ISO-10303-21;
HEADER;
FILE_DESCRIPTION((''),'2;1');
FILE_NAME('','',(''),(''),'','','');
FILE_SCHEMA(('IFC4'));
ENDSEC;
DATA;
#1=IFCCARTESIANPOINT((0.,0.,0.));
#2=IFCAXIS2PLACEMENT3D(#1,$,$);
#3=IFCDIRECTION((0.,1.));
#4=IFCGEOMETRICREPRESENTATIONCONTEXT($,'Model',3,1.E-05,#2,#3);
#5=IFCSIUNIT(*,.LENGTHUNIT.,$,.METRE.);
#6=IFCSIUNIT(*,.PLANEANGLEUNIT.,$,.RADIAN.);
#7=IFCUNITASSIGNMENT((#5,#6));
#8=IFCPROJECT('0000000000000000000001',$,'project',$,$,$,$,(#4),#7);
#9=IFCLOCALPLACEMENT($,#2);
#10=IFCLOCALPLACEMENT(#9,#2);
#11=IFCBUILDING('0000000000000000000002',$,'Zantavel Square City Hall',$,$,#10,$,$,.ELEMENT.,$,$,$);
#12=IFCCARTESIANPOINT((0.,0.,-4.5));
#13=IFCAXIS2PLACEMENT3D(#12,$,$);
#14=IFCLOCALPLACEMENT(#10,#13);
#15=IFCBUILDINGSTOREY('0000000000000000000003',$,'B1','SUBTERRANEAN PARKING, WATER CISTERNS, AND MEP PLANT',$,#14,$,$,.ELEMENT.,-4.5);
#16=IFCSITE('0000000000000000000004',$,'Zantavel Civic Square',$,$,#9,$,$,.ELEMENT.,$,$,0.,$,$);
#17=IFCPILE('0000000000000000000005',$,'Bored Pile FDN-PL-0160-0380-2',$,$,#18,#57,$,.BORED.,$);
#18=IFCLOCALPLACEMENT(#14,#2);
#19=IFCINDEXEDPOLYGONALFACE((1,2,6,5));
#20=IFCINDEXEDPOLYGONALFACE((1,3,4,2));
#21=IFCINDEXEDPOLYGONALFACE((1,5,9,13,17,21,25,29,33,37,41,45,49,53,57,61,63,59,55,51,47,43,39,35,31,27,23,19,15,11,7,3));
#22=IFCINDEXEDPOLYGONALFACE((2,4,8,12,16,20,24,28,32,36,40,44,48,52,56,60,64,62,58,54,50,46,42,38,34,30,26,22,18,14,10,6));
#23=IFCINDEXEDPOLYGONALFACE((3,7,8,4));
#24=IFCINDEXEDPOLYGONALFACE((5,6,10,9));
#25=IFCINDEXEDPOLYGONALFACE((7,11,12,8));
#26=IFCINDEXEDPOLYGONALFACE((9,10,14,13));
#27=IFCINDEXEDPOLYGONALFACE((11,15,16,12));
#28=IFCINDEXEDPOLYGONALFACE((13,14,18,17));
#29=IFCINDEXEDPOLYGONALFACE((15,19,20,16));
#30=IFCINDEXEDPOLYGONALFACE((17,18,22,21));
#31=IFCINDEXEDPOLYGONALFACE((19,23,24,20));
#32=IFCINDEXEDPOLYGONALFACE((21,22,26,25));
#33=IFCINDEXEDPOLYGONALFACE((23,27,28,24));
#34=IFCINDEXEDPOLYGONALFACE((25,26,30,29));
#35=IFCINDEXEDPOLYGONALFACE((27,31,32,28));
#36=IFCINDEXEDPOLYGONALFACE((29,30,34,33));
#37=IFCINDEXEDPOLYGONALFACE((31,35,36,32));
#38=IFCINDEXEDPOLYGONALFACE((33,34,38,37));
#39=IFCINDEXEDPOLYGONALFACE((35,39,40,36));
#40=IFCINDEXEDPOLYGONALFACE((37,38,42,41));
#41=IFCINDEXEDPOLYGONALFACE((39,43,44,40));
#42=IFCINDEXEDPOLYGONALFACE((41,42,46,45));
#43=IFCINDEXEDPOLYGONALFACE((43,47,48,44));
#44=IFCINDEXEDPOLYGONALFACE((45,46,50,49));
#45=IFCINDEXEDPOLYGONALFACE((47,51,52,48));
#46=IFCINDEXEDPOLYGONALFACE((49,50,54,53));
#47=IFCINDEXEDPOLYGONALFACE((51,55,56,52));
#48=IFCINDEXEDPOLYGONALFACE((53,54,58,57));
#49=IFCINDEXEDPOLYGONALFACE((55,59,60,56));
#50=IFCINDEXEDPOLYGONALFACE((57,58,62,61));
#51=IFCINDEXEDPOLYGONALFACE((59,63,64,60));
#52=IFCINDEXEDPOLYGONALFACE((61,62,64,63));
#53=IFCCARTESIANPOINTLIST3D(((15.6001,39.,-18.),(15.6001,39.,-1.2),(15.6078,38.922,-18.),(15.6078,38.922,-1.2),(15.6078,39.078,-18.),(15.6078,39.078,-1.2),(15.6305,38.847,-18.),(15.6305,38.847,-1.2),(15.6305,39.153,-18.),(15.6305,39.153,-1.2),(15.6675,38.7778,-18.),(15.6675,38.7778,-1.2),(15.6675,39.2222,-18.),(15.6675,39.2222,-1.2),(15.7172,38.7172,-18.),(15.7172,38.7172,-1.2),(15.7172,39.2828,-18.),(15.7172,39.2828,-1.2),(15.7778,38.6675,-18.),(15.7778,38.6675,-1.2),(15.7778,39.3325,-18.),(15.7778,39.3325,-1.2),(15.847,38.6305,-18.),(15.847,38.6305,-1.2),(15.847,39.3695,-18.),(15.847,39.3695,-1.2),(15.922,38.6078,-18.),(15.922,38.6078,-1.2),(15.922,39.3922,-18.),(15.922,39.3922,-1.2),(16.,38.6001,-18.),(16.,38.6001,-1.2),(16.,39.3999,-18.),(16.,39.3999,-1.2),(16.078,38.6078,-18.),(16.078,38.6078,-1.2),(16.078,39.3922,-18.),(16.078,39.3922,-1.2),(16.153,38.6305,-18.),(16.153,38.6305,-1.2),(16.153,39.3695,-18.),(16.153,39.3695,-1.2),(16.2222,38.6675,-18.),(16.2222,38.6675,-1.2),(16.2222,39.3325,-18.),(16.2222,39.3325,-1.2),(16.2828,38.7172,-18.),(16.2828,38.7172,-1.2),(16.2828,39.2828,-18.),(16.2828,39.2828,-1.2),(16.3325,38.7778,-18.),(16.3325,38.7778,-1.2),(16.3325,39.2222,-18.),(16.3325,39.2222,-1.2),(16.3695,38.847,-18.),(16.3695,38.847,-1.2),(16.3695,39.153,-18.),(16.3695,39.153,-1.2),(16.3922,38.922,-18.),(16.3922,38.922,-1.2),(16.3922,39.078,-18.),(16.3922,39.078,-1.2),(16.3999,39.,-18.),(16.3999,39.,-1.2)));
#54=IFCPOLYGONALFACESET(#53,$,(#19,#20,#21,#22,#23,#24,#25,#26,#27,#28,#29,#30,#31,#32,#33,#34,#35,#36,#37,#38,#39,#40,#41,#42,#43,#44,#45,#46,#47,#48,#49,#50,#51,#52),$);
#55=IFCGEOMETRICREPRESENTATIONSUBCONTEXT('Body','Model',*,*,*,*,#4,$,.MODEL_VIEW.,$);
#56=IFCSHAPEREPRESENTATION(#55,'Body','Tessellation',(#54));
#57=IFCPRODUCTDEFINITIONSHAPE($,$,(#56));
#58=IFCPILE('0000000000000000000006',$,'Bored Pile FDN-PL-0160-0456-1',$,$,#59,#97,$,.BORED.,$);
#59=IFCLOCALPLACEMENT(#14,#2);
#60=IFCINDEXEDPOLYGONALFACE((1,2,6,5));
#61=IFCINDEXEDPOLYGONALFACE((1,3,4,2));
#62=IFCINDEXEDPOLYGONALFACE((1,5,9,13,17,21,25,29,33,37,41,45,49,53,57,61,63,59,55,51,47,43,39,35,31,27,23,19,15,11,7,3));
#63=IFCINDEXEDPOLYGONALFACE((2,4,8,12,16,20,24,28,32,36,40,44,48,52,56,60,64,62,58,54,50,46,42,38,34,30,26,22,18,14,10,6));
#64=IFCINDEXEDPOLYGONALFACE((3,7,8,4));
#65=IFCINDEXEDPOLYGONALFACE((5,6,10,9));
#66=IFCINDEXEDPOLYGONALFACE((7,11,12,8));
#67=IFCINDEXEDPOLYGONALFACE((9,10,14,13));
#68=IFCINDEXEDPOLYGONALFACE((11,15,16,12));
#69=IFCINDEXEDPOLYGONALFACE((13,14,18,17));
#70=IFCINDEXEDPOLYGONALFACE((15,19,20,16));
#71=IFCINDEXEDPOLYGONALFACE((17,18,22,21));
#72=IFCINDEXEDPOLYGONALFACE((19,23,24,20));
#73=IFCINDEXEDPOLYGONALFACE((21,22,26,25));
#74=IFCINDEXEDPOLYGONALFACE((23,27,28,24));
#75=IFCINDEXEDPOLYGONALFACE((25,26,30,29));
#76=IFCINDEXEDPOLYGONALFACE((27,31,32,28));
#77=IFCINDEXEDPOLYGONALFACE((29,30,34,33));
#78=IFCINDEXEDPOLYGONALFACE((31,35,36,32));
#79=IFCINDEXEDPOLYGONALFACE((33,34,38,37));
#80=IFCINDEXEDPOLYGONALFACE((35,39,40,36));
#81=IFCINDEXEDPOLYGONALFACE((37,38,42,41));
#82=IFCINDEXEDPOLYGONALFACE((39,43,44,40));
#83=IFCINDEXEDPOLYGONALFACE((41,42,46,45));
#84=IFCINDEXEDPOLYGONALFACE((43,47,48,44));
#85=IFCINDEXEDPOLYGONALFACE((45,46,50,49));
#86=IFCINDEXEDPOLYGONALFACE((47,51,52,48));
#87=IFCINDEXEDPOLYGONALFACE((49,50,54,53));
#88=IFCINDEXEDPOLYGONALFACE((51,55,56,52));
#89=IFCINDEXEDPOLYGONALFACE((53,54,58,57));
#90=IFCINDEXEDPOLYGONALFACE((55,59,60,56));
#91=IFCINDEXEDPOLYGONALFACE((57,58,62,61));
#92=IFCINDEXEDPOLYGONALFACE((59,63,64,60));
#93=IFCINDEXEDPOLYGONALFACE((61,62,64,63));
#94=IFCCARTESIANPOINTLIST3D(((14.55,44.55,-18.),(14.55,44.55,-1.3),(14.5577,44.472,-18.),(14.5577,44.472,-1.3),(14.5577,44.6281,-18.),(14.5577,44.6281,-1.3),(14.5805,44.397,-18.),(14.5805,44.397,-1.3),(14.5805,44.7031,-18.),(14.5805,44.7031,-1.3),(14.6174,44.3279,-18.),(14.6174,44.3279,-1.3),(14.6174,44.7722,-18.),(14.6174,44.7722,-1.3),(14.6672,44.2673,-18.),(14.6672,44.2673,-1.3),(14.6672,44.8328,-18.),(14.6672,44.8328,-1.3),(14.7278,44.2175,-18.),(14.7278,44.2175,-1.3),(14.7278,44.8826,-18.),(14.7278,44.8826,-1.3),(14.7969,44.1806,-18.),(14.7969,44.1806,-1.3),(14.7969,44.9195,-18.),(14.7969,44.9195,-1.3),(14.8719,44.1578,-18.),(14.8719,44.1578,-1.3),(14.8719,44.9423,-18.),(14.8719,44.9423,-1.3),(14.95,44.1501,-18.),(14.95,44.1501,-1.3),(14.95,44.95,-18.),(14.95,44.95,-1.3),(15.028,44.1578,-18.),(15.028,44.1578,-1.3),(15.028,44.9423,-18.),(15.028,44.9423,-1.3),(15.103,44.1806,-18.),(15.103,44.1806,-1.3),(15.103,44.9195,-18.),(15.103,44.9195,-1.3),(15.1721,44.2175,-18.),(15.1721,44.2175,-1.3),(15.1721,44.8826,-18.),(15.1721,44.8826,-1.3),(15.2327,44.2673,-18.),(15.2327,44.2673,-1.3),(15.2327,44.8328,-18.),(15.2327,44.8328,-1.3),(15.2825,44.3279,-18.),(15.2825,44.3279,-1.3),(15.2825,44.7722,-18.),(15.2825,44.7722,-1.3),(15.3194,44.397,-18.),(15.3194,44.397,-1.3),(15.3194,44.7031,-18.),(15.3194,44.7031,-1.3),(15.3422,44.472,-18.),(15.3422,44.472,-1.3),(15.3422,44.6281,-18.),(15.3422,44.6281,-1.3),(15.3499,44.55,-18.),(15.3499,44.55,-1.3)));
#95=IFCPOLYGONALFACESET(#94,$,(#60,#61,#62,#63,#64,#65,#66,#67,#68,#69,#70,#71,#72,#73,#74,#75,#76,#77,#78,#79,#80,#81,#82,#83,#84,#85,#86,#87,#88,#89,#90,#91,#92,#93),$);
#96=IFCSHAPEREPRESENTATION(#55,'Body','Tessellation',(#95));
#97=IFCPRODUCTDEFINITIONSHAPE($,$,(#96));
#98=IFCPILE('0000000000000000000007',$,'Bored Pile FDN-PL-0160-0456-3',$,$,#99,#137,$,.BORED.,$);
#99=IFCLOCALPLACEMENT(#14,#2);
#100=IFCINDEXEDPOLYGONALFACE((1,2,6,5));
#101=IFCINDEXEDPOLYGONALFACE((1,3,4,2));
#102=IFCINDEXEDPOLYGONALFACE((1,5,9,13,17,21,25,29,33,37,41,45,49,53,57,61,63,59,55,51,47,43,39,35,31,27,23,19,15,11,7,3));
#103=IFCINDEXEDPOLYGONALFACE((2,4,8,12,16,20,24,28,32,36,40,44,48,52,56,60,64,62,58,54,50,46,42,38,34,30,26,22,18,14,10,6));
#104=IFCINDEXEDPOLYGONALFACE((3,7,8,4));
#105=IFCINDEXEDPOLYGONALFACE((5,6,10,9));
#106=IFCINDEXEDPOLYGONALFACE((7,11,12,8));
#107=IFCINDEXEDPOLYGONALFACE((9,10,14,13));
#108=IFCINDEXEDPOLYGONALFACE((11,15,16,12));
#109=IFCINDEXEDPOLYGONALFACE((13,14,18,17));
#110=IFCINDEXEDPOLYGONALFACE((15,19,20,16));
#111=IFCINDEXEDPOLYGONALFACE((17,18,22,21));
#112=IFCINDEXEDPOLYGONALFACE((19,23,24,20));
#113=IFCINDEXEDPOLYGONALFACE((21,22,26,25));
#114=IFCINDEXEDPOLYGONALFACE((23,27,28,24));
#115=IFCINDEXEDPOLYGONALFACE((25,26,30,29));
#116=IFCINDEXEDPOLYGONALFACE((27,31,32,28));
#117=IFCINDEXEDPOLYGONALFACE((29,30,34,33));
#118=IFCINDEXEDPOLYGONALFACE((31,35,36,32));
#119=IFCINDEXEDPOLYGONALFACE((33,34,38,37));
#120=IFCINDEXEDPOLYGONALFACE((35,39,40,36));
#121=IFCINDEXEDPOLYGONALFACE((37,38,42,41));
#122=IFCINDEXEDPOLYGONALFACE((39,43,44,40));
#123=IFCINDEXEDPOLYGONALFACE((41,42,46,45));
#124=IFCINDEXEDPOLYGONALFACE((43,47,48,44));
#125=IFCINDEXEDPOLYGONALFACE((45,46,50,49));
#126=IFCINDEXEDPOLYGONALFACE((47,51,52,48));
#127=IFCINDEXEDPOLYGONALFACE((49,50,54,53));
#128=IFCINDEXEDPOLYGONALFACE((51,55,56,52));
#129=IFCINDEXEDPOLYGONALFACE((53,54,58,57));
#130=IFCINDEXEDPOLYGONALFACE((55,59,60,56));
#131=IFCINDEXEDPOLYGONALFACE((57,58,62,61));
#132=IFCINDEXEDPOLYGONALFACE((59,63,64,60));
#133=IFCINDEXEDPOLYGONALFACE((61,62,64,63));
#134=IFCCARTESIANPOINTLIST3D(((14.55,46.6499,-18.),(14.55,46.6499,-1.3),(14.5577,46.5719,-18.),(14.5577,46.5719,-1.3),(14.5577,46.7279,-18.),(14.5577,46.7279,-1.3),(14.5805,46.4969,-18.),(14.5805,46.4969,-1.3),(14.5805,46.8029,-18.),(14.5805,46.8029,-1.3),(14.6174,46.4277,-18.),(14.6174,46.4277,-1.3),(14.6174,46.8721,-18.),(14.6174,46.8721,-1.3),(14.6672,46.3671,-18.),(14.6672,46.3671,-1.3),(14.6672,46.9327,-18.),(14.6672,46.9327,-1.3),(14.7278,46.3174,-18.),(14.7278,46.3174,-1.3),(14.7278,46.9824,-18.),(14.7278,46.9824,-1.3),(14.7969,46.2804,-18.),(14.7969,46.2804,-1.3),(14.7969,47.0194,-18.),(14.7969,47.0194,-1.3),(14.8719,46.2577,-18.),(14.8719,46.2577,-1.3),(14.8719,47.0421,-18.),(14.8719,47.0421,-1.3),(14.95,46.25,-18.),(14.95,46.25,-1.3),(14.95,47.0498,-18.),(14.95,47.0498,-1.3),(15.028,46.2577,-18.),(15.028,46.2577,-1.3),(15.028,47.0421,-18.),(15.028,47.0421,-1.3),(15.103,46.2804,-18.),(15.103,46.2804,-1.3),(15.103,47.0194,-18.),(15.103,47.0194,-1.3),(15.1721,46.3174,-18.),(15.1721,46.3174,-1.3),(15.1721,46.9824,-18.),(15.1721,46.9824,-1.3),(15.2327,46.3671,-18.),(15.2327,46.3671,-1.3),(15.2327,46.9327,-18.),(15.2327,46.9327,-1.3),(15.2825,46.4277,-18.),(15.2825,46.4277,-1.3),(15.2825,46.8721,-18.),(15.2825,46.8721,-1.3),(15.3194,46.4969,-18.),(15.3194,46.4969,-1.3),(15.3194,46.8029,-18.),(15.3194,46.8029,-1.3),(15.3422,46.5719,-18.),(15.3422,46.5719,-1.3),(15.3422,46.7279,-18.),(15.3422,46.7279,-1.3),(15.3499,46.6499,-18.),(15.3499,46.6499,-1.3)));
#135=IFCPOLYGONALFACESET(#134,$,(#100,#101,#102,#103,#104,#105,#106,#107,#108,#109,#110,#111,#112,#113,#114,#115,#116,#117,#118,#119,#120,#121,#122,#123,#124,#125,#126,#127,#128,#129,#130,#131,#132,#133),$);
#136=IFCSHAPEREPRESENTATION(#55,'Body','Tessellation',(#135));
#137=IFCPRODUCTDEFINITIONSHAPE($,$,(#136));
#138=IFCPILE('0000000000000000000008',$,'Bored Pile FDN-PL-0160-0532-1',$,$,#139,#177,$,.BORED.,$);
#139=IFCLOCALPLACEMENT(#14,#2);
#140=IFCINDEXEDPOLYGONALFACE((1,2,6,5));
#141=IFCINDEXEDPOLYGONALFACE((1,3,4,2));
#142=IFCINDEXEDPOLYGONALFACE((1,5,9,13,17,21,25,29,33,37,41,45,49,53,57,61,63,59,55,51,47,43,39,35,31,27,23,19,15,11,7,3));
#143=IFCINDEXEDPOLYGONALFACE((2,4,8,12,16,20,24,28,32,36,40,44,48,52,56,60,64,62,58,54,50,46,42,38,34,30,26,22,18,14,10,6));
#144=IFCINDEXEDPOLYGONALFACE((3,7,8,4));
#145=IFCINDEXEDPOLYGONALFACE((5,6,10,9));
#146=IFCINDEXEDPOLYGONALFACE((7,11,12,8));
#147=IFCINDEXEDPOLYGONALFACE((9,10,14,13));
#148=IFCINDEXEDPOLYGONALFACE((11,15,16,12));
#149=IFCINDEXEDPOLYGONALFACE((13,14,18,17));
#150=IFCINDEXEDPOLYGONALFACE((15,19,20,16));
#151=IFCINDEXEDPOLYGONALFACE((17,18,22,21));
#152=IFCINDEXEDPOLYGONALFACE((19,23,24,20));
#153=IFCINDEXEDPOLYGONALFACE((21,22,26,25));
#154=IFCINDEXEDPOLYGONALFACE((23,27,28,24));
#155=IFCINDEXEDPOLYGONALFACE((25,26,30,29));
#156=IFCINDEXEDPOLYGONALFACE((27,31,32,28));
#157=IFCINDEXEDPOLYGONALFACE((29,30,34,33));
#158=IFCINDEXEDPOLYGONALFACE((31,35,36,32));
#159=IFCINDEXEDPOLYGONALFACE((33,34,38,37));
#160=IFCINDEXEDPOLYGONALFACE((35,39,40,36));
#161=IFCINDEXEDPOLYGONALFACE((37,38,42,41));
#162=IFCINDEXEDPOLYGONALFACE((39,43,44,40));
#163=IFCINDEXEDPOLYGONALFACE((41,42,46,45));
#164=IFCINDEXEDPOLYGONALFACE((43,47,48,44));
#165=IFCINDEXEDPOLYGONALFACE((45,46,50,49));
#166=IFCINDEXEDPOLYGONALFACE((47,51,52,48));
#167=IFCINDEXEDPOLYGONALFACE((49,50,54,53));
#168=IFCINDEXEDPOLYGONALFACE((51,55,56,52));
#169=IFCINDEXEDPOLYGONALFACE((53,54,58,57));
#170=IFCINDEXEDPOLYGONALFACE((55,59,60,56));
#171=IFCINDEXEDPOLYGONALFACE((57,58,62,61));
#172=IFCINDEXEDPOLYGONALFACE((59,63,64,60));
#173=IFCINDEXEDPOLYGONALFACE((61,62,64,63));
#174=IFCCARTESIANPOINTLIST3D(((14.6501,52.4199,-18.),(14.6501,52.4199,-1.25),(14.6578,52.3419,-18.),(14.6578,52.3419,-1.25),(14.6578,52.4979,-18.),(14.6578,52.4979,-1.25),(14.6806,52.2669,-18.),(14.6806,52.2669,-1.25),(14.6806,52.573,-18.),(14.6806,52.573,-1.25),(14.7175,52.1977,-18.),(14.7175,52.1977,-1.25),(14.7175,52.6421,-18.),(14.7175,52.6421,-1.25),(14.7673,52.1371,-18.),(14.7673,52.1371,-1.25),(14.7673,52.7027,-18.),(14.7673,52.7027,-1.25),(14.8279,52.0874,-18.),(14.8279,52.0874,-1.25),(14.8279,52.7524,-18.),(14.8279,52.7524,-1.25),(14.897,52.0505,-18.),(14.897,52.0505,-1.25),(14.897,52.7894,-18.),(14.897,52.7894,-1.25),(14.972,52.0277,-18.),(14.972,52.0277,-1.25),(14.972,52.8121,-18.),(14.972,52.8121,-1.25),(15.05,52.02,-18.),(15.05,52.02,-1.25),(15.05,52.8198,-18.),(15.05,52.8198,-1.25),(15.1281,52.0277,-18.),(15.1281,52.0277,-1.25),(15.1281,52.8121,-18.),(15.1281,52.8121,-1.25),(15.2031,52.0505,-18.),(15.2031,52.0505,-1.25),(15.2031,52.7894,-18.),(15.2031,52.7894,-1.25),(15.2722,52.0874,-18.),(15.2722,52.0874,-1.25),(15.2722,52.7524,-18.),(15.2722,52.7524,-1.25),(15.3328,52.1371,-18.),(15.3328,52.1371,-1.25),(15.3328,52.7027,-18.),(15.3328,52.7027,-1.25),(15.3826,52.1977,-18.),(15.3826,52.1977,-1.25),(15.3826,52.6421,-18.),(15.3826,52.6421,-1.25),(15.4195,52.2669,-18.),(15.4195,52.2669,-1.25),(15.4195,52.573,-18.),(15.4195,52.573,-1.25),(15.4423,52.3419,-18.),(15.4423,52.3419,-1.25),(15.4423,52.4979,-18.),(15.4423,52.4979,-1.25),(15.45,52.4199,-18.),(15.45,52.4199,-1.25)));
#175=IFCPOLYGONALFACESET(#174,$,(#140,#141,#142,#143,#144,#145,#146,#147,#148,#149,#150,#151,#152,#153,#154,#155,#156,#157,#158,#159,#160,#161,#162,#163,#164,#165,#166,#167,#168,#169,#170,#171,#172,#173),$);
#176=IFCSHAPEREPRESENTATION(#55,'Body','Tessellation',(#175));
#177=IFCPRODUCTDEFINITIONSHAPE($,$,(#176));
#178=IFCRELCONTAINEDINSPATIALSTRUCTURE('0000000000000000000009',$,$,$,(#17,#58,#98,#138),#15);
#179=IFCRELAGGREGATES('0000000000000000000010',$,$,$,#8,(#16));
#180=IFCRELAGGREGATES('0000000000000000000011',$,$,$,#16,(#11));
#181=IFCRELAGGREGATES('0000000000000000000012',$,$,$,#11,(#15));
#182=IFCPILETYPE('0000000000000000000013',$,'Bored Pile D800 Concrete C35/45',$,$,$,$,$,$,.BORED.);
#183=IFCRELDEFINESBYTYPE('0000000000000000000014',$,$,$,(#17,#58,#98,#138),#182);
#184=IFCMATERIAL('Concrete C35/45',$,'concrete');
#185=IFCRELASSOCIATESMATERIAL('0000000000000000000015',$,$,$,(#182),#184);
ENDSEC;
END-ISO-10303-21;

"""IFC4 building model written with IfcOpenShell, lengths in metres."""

from ifc_helpers import new_model, si_unit, direction, frame, origin, origin_2d, place, context, subcontext, project, spatial, circle, extrude, material, material_profile, profile_set, type_object, element, save


model = new_model("IFC4")

# Units and contexts
model_context = context("Model", 3, precision=1e-05, world=origin(), true_north=direction((0.0, 1.0)))
body_context = subcontext(model_context, "Body", "Model", "MODEL_VIEW")
ifc_project = project(units=[si_unit("LENGTHUNIT", "METRE"), si_unit("PLANEANGLEUNIT", "RADIAN")], contexts=[model_context])

# Site, building, storey
site_placement = place(None, origin())
site = spatial("IfcSite", under=ifc_project, at=site_placement, Name="Zantavel Civic Square", CompositionType="ELEMENT", RefElevation=0.0)
building_placement = place(site_placement, origin())
building = spatial("IfcBuilding", under=site, at=building_placement, Name="Zantavel Square City Hall", CompositionType="ELEMENT")
storey_placement = place(building_placement, frame((0.0, 0.0, -4.5)))
storey = spatial("IfcBuildingStorey", under=building, at=storey_placement, Name="B1", Description="SUBTERRANEAN PARKING, WATER CISTERNS, AND MEP PLANT", CompositionType="ELEMENT", Elevation=-4.5)

# Piles
ifc_material_1 = material(Name="Concrete C35/45", Category="concrete")
ifc_material_profile_1 = material_profile(ifc_material_1, circle(Radius=0.3999, at=origin_2d()), Name="PILE D800")
ifc_profile_set_1 = profile_set([ifc_material_profile_1], Name="Concrete C35/45")
pile_type = type_object("IfcPileType", Name="Bored Pile D800 Concrete C35/45", PredefinedType="BORED", material=ifc_profile_set_1)
pile_placement = place(storey_placement, frame((16.0, 39.0, -1.2), z_axis=(0.0, 0.0, -1.0), x_axis=(1.0, 0.0, 0.0)))
element("IfcPile", 1, at=pile_placement, inside=storey, type_object=pile_type, Name="Bored Pile FDN-PL-0160-0380-2", PredefinedType="BORED", context=body_context, shape_type="SweptSolid", body=[
    extrude(circle(Radius=0.3999, at=origin_2d()), origin(), (0.0, 0.0, 1.0), 16.8),
])
for number, where, z_axis, x_axis, name in (
    (2, (14.95, 44.55, -1.3), (0.0, 0.0, -1.0), (1.0, 0.0, 0.0), "Bored Pile FDN-PL-0160-0456-1"),
    (3, (14.95, 46.6499, -1.3), (0.0, 0.0, -1.0), (1.0, 0.0, 0.0), "Bored Pile FDN-PL-0160-0456-3"),
):
    element("IfcPile", number, at=place(storey_placement, frame(where, z_axis=z_axis, x_axis=x_axis)), inside=storey, type_object=pile_type, Name=name, PredefinedType="BORED", context=body_context, shape_type="SweptSolid", body=[
        extrude(circle(Radius=0.3999, at=origin_2d()), origin(), (0.0, 0.0, 1.0), 16.7),
    ])
for number, where, z_axis, x_axis, name in (
    (4, (15.05, 52.4199, -1.25), (0.0, 0.0, -1.0), (1.0, 0.0, 0.0), "Bored Pile FDN-PL-0160-0532-1"),
):
    element("IfcPile", number, at=place(storey_placement, frame(where, z_axis=z_axis, x_axis=x_axis)), inside=storey, type_object=pile_type, Name=name, PredefinedType="BORED", context=body_context, shape_type="SweptSolid", body=[
        extrude(circle(Radius=0.3999, at=origin_2d()), origin(), (0.0, 0.0, 1.0), 16.75),
    ])

save(model, "model.ifc")
